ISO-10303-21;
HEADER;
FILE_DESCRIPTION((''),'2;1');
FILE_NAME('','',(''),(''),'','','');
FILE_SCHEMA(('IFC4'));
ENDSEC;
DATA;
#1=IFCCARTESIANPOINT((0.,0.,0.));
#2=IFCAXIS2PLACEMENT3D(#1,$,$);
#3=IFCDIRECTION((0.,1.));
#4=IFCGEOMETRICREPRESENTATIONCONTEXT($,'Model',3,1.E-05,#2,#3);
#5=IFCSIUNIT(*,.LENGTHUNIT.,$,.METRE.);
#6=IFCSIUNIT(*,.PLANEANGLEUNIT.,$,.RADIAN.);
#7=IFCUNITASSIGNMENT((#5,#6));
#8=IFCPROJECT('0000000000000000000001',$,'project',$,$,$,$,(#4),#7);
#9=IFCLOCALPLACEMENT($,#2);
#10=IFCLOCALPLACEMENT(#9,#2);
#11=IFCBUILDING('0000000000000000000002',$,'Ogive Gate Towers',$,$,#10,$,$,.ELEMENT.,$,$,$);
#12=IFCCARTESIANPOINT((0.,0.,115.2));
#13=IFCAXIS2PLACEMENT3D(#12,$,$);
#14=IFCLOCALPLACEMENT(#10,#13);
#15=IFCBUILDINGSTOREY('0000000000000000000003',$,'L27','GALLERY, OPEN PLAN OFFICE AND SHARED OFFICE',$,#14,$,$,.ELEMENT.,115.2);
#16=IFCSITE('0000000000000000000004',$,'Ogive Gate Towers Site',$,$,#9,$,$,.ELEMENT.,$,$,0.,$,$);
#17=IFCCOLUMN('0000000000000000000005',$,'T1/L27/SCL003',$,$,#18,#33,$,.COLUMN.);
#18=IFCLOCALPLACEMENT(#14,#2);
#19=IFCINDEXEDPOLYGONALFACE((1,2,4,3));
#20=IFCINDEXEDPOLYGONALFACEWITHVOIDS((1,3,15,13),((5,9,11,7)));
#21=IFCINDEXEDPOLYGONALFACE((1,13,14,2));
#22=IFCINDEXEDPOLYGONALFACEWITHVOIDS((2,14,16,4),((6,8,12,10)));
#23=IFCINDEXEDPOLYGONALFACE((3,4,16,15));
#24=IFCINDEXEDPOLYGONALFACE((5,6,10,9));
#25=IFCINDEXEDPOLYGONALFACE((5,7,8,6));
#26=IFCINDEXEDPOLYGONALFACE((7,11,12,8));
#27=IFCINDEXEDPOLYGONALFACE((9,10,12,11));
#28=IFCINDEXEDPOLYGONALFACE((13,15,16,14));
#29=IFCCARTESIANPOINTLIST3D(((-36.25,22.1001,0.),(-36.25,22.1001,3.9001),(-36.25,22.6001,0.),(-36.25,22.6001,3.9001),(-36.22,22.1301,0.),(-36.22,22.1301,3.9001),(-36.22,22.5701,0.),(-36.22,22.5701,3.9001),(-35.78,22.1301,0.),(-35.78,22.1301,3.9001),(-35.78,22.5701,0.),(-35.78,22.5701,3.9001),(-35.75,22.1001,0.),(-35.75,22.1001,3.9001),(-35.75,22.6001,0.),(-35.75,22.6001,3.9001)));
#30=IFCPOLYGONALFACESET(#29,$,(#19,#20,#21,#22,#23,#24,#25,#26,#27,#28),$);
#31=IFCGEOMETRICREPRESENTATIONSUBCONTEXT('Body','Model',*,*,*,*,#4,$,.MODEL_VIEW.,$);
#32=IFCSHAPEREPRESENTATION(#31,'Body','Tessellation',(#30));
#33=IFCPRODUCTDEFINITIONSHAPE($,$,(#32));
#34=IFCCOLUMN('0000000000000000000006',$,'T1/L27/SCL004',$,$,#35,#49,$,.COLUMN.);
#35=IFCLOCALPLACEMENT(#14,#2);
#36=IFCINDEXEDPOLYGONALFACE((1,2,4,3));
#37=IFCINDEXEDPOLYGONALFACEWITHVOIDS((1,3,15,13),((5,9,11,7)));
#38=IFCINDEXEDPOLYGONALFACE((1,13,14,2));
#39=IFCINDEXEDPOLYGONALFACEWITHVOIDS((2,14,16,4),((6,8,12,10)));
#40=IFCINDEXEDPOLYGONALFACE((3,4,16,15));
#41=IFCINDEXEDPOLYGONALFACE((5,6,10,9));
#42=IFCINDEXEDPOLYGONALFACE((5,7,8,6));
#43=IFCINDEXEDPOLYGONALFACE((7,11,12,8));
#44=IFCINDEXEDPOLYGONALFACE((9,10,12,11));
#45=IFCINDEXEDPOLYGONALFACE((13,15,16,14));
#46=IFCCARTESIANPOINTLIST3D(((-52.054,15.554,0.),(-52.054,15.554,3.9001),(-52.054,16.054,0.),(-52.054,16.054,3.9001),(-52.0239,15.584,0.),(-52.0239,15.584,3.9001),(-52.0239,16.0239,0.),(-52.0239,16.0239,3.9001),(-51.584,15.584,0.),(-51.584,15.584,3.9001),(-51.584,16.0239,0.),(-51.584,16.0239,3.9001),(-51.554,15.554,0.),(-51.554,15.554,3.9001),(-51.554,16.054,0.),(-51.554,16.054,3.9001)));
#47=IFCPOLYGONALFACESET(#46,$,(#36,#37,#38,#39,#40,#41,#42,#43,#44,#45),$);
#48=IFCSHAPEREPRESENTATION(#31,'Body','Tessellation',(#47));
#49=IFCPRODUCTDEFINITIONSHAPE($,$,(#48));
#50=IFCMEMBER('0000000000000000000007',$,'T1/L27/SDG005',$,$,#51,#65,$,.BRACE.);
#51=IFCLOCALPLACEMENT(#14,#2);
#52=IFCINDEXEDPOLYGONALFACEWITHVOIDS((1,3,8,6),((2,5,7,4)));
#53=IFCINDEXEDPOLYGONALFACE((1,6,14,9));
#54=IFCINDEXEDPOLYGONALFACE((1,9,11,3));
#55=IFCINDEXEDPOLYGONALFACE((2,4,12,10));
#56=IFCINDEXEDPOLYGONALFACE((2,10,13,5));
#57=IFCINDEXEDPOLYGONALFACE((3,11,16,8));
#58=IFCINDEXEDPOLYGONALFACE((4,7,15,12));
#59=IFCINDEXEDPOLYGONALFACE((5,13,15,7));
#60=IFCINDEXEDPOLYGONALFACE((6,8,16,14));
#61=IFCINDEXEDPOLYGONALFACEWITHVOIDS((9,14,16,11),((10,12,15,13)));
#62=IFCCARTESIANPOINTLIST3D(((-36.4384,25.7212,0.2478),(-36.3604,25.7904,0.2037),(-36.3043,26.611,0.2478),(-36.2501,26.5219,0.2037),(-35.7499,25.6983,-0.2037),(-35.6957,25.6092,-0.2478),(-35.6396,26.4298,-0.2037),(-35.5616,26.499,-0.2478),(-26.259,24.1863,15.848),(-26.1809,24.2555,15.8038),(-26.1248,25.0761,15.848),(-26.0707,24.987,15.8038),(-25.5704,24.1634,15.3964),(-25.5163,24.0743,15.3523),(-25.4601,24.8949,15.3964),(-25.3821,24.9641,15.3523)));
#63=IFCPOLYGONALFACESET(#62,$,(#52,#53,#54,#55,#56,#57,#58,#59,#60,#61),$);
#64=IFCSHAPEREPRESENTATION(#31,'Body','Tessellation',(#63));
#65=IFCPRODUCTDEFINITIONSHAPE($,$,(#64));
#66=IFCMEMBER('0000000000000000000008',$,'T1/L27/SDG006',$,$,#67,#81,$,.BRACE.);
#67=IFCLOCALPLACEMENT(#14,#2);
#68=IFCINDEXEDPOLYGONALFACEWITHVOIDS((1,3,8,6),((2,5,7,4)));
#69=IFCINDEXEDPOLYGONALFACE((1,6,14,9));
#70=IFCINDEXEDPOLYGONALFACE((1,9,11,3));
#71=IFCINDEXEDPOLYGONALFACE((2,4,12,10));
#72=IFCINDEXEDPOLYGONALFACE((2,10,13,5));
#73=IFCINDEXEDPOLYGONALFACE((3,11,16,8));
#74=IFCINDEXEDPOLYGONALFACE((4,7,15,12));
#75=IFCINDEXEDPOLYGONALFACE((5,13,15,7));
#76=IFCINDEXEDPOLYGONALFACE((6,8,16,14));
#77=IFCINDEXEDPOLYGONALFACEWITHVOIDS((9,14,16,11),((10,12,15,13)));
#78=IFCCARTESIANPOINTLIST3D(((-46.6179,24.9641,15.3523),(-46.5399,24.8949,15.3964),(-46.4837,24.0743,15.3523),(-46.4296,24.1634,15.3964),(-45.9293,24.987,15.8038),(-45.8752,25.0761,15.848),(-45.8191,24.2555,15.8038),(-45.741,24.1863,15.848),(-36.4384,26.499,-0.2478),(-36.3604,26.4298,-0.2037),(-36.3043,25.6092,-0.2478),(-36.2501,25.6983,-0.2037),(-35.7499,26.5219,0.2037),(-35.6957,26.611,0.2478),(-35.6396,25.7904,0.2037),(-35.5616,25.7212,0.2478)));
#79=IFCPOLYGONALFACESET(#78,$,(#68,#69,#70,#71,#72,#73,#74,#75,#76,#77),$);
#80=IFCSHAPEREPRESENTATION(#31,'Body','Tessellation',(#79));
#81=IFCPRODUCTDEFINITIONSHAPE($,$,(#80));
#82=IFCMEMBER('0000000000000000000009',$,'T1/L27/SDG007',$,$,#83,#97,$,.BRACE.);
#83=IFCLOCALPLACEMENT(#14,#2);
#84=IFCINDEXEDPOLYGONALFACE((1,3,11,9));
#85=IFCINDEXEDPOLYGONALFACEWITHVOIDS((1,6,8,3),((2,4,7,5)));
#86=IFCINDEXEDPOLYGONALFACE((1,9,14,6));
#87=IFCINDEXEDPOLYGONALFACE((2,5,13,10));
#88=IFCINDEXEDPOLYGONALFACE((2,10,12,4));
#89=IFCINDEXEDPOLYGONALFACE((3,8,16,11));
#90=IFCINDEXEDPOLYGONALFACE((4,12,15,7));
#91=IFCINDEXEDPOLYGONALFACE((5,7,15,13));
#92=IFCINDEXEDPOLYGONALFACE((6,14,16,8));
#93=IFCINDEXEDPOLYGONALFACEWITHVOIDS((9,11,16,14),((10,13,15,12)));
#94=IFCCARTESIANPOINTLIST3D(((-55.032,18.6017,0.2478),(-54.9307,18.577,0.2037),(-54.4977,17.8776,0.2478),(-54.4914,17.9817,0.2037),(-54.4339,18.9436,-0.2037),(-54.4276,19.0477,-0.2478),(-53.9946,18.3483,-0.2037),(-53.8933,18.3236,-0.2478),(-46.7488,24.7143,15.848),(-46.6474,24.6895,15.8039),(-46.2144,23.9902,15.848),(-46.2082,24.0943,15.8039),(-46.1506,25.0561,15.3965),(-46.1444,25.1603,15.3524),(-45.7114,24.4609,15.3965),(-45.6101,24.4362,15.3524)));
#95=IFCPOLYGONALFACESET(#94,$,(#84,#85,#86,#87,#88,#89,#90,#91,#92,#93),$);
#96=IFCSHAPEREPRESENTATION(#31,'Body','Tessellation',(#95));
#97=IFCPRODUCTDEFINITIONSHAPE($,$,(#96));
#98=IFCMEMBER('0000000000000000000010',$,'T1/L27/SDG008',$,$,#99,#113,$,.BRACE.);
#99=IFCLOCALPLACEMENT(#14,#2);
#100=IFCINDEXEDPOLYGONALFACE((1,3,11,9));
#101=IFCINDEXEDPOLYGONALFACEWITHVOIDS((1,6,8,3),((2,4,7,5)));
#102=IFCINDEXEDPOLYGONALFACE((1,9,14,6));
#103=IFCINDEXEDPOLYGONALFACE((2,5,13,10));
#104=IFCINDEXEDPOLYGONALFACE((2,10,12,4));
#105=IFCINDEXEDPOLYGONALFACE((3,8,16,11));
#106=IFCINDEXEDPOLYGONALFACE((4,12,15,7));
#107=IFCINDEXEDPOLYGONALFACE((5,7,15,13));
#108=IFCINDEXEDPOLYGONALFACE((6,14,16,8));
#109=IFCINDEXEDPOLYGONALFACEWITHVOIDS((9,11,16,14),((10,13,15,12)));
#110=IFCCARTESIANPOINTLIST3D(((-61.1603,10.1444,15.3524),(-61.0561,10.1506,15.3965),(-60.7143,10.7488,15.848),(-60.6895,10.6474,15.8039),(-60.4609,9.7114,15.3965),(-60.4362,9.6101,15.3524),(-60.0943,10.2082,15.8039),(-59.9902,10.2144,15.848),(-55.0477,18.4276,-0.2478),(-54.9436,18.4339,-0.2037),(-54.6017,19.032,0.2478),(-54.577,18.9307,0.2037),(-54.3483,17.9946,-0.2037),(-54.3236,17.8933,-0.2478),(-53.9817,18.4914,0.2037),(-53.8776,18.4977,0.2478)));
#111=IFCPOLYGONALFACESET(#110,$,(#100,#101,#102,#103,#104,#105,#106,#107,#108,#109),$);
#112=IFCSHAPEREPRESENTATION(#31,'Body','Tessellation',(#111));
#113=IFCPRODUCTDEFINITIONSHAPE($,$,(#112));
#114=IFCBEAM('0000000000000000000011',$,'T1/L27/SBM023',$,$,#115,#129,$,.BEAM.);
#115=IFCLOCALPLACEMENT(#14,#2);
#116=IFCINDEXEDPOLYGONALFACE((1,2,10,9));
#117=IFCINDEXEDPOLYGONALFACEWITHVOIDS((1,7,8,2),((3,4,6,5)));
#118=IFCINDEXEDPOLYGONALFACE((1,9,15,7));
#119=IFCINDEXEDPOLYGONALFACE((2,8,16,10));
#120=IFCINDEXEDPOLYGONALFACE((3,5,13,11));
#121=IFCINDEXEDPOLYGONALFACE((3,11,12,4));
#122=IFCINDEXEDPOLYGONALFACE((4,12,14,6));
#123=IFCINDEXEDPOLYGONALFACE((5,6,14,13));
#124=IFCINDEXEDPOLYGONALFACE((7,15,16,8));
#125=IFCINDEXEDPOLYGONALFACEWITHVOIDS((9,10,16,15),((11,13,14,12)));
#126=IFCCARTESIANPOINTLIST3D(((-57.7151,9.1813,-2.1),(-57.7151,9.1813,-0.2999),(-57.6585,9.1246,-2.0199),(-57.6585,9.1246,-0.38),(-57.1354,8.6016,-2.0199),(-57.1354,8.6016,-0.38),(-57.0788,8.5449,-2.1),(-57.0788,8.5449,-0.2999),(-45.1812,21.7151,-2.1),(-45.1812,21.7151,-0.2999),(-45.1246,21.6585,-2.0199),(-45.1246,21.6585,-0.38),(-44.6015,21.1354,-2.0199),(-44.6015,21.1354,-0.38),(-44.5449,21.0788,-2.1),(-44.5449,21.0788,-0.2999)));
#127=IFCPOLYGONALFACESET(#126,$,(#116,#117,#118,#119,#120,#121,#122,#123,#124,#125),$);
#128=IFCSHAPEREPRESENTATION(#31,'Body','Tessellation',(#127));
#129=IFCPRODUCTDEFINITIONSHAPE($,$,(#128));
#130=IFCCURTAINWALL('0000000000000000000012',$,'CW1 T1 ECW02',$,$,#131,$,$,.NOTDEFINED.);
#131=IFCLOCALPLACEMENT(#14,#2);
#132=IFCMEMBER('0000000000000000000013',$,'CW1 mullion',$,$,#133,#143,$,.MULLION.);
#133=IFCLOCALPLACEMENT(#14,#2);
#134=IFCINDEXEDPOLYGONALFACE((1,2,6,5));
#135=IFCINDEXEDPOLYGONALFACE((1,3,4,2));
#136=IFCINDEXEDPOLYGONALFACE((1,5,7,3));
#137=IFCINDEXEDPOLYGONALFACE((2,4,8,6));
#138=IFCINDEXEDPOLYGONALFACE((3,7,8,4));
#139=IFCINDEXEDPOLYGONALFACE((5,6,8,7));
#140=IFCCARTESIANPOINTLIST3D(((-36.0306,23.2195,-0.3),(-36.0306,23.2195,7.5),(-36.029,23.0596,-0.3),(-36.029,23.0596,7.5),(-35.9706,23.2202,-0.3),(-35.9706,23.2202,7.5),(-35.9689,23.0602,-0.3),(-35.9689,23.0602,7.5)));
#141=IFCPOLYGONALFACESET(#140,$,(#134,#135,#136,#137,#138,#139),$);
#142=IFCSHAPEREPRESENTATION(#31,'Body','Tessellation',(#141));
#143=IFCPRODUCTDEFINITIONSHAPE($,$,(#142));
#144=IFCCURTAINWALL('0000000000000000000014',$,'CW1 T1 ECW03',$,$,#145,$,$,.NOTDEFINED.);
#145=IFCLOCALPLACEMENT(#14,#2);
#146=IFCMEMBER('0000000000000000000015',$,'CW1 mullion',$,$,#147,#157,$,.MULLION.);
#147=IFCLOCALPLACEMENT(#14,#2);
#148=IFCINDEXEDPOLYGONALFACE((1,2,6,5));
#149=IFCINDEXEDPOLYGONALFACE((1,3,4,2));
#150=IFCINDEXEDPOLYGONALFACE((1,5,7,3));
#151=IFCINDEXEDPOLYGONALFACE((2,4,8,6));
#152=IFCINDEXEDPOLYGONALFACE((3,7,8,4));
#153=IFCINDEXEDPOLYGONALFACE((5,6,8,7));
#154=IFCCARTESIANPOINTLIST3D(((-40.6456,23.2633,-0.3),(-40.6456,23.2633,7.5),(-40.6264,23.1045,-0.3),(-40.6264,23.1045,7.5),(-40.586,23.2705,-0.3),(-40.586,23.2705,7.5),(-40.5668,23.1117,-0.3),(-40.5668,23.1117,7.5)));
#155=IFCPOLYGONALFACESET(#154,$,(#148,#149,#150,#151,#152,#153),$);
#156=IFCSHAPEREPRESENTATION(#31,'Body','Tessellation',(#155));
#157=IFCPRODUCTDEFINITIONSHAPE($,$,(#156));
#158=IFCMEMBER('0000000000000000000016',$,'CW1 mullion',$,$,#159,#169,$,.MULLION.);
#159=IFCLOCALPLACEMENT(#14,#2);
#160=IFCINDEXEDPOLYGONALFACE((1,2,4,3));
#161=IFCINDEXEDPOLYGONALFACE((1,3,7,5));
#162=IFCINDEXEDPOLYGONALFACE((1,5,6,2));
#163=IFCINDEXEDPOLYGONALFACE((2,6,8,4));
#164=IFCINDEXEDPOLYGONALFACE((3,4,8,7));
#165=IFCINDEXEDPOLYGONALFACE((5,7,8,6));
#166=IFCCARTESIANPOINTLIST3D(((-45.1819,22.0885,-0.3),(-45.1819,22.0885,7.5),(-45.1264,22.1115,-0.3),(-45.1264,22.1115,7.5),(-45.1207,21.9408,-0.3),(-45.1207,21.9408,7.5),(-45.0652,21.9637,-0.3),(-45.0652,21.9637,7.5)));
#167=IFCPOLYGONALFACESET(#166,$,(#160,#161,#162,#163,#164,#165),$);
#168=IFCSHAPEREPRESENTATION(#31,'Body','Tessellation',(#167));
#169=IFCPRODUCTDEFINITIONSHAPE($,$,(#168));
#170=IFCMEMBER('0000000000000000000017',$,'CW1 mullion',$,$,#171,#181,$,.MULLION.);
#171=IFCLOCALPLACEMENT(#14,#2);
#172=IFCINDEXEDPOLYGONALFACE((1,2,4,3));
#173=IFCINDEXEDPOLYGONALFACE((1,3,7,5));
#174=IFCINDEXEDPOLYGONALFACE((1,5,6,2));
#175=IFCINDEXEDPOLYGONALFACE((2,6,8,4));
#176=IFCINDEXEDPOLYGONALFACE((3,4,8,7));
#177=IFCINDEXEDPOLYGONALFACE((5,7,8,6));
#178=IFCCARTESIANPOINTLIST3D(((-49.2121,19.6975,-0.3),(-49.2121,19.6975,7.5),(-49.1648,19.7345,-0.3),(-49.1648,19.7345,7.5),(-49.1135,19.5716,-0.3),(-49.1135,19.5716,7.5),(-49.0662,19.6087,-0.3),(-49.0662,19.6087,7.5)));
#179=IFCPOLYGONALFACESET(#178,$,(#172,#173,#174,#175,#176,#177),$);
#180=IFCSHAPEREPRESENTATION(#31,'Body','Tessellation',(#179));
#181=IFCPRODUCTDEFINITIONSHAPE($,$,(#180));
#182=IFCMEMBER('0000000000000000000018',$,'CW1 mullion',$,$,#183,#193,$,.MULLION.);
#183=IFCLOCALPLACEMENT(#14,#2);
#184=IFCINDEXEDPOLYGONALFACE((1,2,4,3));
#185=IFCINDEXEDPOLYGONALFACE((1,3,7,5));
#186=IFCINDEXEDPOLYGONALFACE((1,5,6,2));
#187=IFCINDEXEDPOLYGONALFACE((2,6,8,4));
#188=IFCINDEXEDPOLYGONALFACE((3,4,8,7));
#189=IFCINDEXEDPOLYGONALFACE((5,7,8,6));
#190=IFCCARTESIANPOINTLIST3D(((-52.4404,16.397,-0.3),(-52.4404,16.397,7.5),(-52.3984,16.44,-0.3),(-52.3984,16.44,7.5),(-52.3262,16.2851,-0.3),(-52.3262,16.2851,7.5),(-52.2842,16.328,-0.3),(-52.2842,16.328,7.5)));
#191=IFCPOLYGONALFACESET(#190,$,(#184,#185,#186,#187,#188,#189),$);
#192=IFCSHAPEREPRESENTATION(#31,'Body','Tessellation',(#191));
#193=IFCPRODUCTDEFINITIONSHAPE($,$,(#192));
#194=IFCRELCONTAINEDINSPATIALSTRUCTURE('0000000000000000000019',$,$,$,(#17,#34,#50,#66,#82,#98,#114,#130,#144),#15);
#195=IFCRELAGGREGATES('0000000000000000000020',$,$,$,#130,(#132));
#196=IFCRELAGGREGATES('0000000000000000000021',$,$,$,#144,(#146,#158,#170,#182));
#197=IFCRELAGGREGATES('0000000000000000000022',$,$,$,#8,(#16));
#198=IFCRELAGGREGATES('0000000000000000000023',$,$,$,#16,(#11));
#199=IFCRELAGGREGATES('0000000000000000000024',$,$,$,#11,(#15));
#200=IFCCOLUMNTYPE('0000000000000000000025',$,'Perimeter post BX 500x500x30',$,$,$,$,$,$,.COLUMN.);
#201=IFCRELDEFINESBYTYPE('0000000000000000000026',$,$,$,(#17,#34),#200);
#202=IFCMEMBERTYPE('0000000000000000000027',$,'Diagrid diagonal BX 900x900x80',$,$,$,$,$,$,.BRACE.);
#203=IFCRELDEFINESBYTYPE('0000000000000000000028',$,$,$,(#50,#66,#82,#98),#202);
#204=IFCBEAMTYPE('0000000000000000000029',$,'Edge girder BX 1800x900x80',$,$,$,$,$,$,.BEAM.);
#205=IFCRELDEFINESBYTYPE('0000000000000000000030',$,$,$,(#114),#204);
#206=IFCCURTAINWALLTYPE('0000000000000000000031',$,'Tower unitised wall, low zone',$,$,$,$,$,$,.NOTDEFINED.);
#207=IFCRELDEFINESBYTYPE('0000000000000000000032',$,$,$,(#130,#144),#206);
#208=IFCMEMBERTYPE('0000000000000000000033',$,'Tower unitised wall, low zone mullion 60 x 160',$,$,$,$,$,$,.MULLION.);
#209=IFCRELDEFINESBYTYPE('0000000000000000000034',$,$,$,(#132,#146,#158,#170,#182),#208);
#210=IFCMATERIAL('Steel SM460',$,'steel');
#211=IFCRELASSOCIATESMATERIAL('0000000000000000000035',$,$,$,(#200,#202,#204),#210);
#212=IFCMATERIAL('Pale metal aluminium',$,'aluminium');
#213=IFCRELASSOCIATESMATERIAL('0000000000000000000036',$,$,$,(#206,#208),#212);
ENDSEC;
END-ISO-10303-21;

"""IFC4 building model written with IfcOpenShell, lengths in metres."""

from ifc_helpers import new_model, si_unit, direction, frame, origin, origin_2d, place, context, subcontext, project, spatial, rectangle, hollow_rectangle, extrude, material, material_profile, profile_set, type_object, element, aggregate, save


model = new_model("IFC4")

# Units and contexts
model_context = context("Model", 3, precision=1e-05, world=origin(), true_north=direction((0.0, 1.0)))
body_context = subcontext(model_context, "Body", "Model", "MODEL_VIEW")
ifc_project = project(units=[si_unit("LENGTHUNIT", "METRE"), si_unit("PLANEANGLEUNIT", "RADIAN")], contexts=[model_context])

# Site, building, storey
site_placement = place(None, origin())
site = spatial("IfcSite", under=ifc_project, at=site_placement, Name="Ogive Gate Towers Site", CompositionType="ELEMENT", RefElevation=0.0)
building_placement = place(site_placement, origin())
building = spatial("IfcBuilding", under=site, at=building_placement, Name="Ogive Gate Towers", CompositionType="ELEMENT")
storey_placement = place(building_placement, frame((0.0, 0.0, 115.2)))
storey = spatial("IfcBuildingStorey", under=building, at=storey_placement, Name="L27", Description="GALLERY, OPEN PLAN OFFICE AND SHARED OFFICE", CompositionType="ELEMENT", Elevation=115.2)

# Columns
ifc_material_1 = material(Name="Steel SM460", Category="steel")
ifc_material_profile_1 = material_profile(ifc_material_1, hollow_rectangle(XDim=0.5, YDim=0.5, WallThickness=0.03, at=origin_2d()), Name="BX 500x500x30")
ifc_profile_set_1 = profile_set([ifc_material_profile_1], Name="Steel SM460")
column_type = type_object("IfcColumnType", Name="Perimeter post BX 500x500x30", PredefinedType="COLUMN", material=ifc_profile_set_1)
for number, where, z_axis, x_axis, name in (
    (1, (-36.0, 22.3501, 0.0), (0.0, 0.0, 1.0), (1.0, 0.0, 0.0), "T1/L27/SCL003"),
    (2, (-51.804, 15.804, 0.0), (0.0, 0.0, 1.0), (1.0, 0.0, 0.0), "T1/L27/SCL004"),
):
    element("IfcColumn", number, at=place(storey_placement, frame(where, z_axis=z_axis, x_axis=x_axis)), inside=storey, type_object=column_type, Name=name, PredefinedType="COLUMN", context=body_context, shape_type="SweptSolid", body=[
        extrude(hollow_rectangle(XDim=0.5, YDim=0.5, WallThickness=0.03, at=origin_2d()), origin(), (0.0, 0.0, 1.0), 3.9001),
    ])

# Members
ifc_material_profile_2 = material_profile(ifc_material_1, hollow_rectangle(XDim=0.8999, YDim=0.8999, WallThickness=0.0801, at=origin_2d()), Name="BX 900x900x80")
ifc_profile_set_2 = profile_set([ifc_material_profile_2], Name="Steel SM460")
member_type_1 = type_object("IfcMemberType", Name="Diagrid diagonal BX 900x900x80", PredefinedType="BRACE", material=ifc_profile_set_2)
for number, where, z_axis, x_axis, name in (
    (3, (-36.0, 26.1101, 0.0), (0.544628, -0.082122, 0.834648), (0.1491, 0.988822, 0.0), "T1/L27/SDG005"),
    (4, (-36.0, 26.1101, 0.0), (-0.544628, -0.082122, 0.834648), (0.1491, -0.988822, 0.0), "T1/L27/SDG006"),
    (5, (-54.4626, 18.4626, 0.0), (0.443175, 0.327039, 0.83465), (-0.593774, 0.804632, 0.0), "T1/L27/SDG007"),
    (6, (-54.4626, 18.4626, 0.0), (-0.327039, -0.443175, 0.83465), (0.804632, -0.593774, 0.0), "T1/L27/SDG008"),
):
    element("IfcMember", number, at=place(storey_placement, frame(where, z_axis=z_axis, x_axis=x_axis)), inside=storey, type_object=member_type_1, Name=name, PredefinedType="BRACE", context=body_context, shape_type="SweptSolid", body=[
        extrude(hollow_rectangle(XDim=0.8999, YDim=0.8999, WallThickness=0.0801, at=origin_2d()), origin(), (0.0, 0.0, 1.0), 18.6907),
    ])

# Beam
ifc_material_profile_3 = material_profile(ifc_material_1, hollow_rectangle(XDim=0.8999, YDim=1.8, WallThickness=0.0801, at=origin_2d()), Name="BX 1800x900x80")
ifc_profile_set_3 = profile_set([ifc_material_profile_3], Name="Steel SM460")
beam_type = type_object("IfcBeamType", Name="Edge girder BX 1800x900x80", PredefinedType="BEAM", material=ifc_profile_set_3)
beam_placement = place(storey_placement, frame((-44.863, 21.397, -1.2), z_axis=(-0.707107, -0.707107, 0.0), x_axis=(0.707107, -0.707107, 0.0)))
element("IfcBeam", 7, at=beam_placement, inside=storey, type_object=beam_type, Name="T1/L27/SBM023", PredefinedType="BEAM", context=body_context, shape_type="SweptSolid", body=[
    extrude(hollow_rectangle(XDim=0.8999, YDim=1.8, WallThickness=0.0801, at=origin_2d()), origin(), (0.0, 0.0, 1.0), 17.7256),
])

# Curtain wall, member
ifc_material_2 = material(Name="Pale metal aluminium", Category="aluminium")
curtain_wall_type = type_object("IfcCurtainWallType", Name="Tower unitised wall, low zone", PredefinedType="NOTDEFINED", material=ifc_material_2)
curtain_wall_1_placement = place(storey_placement, origin())
curtain_wall_1 = element("IfcCurtainWall", 8, at=curtain_wall_1_placement, inside=storey, type_object=curtain_wall_type, Name="CW1 T1 ECW02", PredefinedType="NOTDEFINED")
ifc_material_profile_4 = material_profile(ifc_material_2, rectangle(XDim=0.1599, YDim=0.0601, at=origin_2d()), Name="60 x 160 aluminium box")
ifc_profile_set_4 = profile_set([ifc_material_profile_4], Name="Pale metal aluminium")
member_type_2 = type_object("IfcMemberType", Name="Tower unitised wall, low zone mullion 60 x 160", PredefinedType="MULLION", material=ifc_profile_set_4)
member_1_placement = place(storey_placement, frame((-35.9998, 23.1399, -0.3), z_axis=(0.0, 0.0, 1.0), x_axis=(-0.01028, 0.999947, 0.0)))
member_1 = element("IfcMember", 9, at=member_1_placement, type_object=member_type_2, Name="CW1 mullion", PredefinedType="MULLION", context=body_context, shape_type="SweptSolid", body=[
    extrude(rectangle(XDim=0.1599, YDim=0.0601, at=origin_2d()), origin(), (0.0, 0.0, 1.0), 7.8),
])
aggregate(curtain_wall_1, [member_1])

# Curtain wall, members
curtain_wall_2_placement = place(storey_placement, origin())
curtain_wall_2 = element("IfcCurtainWall", 10, at=curtain_wall_2_placement, inside=storey, type_object=curtain_wall_type, Name="CW1 T1 ECW03", PredefinedType="NOTDEFINED")
member_2_placement = place(storey_placement, frame((-40.6062, 23.1875, -0.3), z_axis=(0.0, 0.0, 1.0), x_axis=(-0.120379, 0.992728, 0.0)))
member_2 = element("IfcMember", 11, at=member_2_placement, type_object=member_type_2, Name="CW1 mullion", PredefinedType="MULLION", context=body_context, shape_type="SweptSolid", body=[
    extrude(rectangle(XDim=0.1599, YDim=0.0601, at=origin_2d()), origin(), (0.0, 0.0, 1.0), 7.8),
])
member_3_placement = place(storey_placement, frame((-45.1235, 22.0261, -0.3), z_axis=(0.0, 0.0, 1.0), x_axis=(-0.382683, 0.92388, 0.0)))
member_3 = element("IfcMember", 12, at=member_3_placement, type_object=member_type_2, Name="CW1 mullion", PredefinedType="MULLION", context=body_context, shape_type="SweptSolid", body=[
    extrude(rectangle(XDim=0.1599, YDim=0.0601, at=origin_2d()), origin(), (0.0, 0.0, 1.0), 7.8),
])
member_4_placement = place(storey_placement, frame((-49.1392, 19.6531, -0.3), z_axis=(0.0, 0.0, 1.0), x_axis=(-0.616844, 0.787086, 0.0)))
member_4 = element("IfcMember", 13, at=member_4_placement, type_object=member_type_2, Name="CW1 mullion", PredefinedType="MULLION", context=body_context, shape_type="SweptSolid", body=[
    extrude(rectangle(XDim=0.1599, YDim=0.0601, at=origin_2d()), origin(), (0.0, 0.0, 1.0), 7.8),
])
member_5_placement = place(storey_placement, frame((-52.3623, 16.3625, -0.3), z_axis=(0.0, 0.0, 1.0), x_axis=(-0.714351, 0.699788, 0.0)))
member_5 = element("IfcMember", 14, at=member_5_placement, type_object=member_type_2, Name="CW1 mullion", PredefinedType="MULLION", context=body_context, shape_type="SweptSolid", body=[
    extrude(rectangle(XDim=0.1599, YDim=0.0601, at=origin_2d()), origin(), (0.0, 0.0, 1.0), 7.8),
])

aggregate(curtain_wall_2, [member_2, member_3, member_4, member_5])

save(model, "model.ifc")
